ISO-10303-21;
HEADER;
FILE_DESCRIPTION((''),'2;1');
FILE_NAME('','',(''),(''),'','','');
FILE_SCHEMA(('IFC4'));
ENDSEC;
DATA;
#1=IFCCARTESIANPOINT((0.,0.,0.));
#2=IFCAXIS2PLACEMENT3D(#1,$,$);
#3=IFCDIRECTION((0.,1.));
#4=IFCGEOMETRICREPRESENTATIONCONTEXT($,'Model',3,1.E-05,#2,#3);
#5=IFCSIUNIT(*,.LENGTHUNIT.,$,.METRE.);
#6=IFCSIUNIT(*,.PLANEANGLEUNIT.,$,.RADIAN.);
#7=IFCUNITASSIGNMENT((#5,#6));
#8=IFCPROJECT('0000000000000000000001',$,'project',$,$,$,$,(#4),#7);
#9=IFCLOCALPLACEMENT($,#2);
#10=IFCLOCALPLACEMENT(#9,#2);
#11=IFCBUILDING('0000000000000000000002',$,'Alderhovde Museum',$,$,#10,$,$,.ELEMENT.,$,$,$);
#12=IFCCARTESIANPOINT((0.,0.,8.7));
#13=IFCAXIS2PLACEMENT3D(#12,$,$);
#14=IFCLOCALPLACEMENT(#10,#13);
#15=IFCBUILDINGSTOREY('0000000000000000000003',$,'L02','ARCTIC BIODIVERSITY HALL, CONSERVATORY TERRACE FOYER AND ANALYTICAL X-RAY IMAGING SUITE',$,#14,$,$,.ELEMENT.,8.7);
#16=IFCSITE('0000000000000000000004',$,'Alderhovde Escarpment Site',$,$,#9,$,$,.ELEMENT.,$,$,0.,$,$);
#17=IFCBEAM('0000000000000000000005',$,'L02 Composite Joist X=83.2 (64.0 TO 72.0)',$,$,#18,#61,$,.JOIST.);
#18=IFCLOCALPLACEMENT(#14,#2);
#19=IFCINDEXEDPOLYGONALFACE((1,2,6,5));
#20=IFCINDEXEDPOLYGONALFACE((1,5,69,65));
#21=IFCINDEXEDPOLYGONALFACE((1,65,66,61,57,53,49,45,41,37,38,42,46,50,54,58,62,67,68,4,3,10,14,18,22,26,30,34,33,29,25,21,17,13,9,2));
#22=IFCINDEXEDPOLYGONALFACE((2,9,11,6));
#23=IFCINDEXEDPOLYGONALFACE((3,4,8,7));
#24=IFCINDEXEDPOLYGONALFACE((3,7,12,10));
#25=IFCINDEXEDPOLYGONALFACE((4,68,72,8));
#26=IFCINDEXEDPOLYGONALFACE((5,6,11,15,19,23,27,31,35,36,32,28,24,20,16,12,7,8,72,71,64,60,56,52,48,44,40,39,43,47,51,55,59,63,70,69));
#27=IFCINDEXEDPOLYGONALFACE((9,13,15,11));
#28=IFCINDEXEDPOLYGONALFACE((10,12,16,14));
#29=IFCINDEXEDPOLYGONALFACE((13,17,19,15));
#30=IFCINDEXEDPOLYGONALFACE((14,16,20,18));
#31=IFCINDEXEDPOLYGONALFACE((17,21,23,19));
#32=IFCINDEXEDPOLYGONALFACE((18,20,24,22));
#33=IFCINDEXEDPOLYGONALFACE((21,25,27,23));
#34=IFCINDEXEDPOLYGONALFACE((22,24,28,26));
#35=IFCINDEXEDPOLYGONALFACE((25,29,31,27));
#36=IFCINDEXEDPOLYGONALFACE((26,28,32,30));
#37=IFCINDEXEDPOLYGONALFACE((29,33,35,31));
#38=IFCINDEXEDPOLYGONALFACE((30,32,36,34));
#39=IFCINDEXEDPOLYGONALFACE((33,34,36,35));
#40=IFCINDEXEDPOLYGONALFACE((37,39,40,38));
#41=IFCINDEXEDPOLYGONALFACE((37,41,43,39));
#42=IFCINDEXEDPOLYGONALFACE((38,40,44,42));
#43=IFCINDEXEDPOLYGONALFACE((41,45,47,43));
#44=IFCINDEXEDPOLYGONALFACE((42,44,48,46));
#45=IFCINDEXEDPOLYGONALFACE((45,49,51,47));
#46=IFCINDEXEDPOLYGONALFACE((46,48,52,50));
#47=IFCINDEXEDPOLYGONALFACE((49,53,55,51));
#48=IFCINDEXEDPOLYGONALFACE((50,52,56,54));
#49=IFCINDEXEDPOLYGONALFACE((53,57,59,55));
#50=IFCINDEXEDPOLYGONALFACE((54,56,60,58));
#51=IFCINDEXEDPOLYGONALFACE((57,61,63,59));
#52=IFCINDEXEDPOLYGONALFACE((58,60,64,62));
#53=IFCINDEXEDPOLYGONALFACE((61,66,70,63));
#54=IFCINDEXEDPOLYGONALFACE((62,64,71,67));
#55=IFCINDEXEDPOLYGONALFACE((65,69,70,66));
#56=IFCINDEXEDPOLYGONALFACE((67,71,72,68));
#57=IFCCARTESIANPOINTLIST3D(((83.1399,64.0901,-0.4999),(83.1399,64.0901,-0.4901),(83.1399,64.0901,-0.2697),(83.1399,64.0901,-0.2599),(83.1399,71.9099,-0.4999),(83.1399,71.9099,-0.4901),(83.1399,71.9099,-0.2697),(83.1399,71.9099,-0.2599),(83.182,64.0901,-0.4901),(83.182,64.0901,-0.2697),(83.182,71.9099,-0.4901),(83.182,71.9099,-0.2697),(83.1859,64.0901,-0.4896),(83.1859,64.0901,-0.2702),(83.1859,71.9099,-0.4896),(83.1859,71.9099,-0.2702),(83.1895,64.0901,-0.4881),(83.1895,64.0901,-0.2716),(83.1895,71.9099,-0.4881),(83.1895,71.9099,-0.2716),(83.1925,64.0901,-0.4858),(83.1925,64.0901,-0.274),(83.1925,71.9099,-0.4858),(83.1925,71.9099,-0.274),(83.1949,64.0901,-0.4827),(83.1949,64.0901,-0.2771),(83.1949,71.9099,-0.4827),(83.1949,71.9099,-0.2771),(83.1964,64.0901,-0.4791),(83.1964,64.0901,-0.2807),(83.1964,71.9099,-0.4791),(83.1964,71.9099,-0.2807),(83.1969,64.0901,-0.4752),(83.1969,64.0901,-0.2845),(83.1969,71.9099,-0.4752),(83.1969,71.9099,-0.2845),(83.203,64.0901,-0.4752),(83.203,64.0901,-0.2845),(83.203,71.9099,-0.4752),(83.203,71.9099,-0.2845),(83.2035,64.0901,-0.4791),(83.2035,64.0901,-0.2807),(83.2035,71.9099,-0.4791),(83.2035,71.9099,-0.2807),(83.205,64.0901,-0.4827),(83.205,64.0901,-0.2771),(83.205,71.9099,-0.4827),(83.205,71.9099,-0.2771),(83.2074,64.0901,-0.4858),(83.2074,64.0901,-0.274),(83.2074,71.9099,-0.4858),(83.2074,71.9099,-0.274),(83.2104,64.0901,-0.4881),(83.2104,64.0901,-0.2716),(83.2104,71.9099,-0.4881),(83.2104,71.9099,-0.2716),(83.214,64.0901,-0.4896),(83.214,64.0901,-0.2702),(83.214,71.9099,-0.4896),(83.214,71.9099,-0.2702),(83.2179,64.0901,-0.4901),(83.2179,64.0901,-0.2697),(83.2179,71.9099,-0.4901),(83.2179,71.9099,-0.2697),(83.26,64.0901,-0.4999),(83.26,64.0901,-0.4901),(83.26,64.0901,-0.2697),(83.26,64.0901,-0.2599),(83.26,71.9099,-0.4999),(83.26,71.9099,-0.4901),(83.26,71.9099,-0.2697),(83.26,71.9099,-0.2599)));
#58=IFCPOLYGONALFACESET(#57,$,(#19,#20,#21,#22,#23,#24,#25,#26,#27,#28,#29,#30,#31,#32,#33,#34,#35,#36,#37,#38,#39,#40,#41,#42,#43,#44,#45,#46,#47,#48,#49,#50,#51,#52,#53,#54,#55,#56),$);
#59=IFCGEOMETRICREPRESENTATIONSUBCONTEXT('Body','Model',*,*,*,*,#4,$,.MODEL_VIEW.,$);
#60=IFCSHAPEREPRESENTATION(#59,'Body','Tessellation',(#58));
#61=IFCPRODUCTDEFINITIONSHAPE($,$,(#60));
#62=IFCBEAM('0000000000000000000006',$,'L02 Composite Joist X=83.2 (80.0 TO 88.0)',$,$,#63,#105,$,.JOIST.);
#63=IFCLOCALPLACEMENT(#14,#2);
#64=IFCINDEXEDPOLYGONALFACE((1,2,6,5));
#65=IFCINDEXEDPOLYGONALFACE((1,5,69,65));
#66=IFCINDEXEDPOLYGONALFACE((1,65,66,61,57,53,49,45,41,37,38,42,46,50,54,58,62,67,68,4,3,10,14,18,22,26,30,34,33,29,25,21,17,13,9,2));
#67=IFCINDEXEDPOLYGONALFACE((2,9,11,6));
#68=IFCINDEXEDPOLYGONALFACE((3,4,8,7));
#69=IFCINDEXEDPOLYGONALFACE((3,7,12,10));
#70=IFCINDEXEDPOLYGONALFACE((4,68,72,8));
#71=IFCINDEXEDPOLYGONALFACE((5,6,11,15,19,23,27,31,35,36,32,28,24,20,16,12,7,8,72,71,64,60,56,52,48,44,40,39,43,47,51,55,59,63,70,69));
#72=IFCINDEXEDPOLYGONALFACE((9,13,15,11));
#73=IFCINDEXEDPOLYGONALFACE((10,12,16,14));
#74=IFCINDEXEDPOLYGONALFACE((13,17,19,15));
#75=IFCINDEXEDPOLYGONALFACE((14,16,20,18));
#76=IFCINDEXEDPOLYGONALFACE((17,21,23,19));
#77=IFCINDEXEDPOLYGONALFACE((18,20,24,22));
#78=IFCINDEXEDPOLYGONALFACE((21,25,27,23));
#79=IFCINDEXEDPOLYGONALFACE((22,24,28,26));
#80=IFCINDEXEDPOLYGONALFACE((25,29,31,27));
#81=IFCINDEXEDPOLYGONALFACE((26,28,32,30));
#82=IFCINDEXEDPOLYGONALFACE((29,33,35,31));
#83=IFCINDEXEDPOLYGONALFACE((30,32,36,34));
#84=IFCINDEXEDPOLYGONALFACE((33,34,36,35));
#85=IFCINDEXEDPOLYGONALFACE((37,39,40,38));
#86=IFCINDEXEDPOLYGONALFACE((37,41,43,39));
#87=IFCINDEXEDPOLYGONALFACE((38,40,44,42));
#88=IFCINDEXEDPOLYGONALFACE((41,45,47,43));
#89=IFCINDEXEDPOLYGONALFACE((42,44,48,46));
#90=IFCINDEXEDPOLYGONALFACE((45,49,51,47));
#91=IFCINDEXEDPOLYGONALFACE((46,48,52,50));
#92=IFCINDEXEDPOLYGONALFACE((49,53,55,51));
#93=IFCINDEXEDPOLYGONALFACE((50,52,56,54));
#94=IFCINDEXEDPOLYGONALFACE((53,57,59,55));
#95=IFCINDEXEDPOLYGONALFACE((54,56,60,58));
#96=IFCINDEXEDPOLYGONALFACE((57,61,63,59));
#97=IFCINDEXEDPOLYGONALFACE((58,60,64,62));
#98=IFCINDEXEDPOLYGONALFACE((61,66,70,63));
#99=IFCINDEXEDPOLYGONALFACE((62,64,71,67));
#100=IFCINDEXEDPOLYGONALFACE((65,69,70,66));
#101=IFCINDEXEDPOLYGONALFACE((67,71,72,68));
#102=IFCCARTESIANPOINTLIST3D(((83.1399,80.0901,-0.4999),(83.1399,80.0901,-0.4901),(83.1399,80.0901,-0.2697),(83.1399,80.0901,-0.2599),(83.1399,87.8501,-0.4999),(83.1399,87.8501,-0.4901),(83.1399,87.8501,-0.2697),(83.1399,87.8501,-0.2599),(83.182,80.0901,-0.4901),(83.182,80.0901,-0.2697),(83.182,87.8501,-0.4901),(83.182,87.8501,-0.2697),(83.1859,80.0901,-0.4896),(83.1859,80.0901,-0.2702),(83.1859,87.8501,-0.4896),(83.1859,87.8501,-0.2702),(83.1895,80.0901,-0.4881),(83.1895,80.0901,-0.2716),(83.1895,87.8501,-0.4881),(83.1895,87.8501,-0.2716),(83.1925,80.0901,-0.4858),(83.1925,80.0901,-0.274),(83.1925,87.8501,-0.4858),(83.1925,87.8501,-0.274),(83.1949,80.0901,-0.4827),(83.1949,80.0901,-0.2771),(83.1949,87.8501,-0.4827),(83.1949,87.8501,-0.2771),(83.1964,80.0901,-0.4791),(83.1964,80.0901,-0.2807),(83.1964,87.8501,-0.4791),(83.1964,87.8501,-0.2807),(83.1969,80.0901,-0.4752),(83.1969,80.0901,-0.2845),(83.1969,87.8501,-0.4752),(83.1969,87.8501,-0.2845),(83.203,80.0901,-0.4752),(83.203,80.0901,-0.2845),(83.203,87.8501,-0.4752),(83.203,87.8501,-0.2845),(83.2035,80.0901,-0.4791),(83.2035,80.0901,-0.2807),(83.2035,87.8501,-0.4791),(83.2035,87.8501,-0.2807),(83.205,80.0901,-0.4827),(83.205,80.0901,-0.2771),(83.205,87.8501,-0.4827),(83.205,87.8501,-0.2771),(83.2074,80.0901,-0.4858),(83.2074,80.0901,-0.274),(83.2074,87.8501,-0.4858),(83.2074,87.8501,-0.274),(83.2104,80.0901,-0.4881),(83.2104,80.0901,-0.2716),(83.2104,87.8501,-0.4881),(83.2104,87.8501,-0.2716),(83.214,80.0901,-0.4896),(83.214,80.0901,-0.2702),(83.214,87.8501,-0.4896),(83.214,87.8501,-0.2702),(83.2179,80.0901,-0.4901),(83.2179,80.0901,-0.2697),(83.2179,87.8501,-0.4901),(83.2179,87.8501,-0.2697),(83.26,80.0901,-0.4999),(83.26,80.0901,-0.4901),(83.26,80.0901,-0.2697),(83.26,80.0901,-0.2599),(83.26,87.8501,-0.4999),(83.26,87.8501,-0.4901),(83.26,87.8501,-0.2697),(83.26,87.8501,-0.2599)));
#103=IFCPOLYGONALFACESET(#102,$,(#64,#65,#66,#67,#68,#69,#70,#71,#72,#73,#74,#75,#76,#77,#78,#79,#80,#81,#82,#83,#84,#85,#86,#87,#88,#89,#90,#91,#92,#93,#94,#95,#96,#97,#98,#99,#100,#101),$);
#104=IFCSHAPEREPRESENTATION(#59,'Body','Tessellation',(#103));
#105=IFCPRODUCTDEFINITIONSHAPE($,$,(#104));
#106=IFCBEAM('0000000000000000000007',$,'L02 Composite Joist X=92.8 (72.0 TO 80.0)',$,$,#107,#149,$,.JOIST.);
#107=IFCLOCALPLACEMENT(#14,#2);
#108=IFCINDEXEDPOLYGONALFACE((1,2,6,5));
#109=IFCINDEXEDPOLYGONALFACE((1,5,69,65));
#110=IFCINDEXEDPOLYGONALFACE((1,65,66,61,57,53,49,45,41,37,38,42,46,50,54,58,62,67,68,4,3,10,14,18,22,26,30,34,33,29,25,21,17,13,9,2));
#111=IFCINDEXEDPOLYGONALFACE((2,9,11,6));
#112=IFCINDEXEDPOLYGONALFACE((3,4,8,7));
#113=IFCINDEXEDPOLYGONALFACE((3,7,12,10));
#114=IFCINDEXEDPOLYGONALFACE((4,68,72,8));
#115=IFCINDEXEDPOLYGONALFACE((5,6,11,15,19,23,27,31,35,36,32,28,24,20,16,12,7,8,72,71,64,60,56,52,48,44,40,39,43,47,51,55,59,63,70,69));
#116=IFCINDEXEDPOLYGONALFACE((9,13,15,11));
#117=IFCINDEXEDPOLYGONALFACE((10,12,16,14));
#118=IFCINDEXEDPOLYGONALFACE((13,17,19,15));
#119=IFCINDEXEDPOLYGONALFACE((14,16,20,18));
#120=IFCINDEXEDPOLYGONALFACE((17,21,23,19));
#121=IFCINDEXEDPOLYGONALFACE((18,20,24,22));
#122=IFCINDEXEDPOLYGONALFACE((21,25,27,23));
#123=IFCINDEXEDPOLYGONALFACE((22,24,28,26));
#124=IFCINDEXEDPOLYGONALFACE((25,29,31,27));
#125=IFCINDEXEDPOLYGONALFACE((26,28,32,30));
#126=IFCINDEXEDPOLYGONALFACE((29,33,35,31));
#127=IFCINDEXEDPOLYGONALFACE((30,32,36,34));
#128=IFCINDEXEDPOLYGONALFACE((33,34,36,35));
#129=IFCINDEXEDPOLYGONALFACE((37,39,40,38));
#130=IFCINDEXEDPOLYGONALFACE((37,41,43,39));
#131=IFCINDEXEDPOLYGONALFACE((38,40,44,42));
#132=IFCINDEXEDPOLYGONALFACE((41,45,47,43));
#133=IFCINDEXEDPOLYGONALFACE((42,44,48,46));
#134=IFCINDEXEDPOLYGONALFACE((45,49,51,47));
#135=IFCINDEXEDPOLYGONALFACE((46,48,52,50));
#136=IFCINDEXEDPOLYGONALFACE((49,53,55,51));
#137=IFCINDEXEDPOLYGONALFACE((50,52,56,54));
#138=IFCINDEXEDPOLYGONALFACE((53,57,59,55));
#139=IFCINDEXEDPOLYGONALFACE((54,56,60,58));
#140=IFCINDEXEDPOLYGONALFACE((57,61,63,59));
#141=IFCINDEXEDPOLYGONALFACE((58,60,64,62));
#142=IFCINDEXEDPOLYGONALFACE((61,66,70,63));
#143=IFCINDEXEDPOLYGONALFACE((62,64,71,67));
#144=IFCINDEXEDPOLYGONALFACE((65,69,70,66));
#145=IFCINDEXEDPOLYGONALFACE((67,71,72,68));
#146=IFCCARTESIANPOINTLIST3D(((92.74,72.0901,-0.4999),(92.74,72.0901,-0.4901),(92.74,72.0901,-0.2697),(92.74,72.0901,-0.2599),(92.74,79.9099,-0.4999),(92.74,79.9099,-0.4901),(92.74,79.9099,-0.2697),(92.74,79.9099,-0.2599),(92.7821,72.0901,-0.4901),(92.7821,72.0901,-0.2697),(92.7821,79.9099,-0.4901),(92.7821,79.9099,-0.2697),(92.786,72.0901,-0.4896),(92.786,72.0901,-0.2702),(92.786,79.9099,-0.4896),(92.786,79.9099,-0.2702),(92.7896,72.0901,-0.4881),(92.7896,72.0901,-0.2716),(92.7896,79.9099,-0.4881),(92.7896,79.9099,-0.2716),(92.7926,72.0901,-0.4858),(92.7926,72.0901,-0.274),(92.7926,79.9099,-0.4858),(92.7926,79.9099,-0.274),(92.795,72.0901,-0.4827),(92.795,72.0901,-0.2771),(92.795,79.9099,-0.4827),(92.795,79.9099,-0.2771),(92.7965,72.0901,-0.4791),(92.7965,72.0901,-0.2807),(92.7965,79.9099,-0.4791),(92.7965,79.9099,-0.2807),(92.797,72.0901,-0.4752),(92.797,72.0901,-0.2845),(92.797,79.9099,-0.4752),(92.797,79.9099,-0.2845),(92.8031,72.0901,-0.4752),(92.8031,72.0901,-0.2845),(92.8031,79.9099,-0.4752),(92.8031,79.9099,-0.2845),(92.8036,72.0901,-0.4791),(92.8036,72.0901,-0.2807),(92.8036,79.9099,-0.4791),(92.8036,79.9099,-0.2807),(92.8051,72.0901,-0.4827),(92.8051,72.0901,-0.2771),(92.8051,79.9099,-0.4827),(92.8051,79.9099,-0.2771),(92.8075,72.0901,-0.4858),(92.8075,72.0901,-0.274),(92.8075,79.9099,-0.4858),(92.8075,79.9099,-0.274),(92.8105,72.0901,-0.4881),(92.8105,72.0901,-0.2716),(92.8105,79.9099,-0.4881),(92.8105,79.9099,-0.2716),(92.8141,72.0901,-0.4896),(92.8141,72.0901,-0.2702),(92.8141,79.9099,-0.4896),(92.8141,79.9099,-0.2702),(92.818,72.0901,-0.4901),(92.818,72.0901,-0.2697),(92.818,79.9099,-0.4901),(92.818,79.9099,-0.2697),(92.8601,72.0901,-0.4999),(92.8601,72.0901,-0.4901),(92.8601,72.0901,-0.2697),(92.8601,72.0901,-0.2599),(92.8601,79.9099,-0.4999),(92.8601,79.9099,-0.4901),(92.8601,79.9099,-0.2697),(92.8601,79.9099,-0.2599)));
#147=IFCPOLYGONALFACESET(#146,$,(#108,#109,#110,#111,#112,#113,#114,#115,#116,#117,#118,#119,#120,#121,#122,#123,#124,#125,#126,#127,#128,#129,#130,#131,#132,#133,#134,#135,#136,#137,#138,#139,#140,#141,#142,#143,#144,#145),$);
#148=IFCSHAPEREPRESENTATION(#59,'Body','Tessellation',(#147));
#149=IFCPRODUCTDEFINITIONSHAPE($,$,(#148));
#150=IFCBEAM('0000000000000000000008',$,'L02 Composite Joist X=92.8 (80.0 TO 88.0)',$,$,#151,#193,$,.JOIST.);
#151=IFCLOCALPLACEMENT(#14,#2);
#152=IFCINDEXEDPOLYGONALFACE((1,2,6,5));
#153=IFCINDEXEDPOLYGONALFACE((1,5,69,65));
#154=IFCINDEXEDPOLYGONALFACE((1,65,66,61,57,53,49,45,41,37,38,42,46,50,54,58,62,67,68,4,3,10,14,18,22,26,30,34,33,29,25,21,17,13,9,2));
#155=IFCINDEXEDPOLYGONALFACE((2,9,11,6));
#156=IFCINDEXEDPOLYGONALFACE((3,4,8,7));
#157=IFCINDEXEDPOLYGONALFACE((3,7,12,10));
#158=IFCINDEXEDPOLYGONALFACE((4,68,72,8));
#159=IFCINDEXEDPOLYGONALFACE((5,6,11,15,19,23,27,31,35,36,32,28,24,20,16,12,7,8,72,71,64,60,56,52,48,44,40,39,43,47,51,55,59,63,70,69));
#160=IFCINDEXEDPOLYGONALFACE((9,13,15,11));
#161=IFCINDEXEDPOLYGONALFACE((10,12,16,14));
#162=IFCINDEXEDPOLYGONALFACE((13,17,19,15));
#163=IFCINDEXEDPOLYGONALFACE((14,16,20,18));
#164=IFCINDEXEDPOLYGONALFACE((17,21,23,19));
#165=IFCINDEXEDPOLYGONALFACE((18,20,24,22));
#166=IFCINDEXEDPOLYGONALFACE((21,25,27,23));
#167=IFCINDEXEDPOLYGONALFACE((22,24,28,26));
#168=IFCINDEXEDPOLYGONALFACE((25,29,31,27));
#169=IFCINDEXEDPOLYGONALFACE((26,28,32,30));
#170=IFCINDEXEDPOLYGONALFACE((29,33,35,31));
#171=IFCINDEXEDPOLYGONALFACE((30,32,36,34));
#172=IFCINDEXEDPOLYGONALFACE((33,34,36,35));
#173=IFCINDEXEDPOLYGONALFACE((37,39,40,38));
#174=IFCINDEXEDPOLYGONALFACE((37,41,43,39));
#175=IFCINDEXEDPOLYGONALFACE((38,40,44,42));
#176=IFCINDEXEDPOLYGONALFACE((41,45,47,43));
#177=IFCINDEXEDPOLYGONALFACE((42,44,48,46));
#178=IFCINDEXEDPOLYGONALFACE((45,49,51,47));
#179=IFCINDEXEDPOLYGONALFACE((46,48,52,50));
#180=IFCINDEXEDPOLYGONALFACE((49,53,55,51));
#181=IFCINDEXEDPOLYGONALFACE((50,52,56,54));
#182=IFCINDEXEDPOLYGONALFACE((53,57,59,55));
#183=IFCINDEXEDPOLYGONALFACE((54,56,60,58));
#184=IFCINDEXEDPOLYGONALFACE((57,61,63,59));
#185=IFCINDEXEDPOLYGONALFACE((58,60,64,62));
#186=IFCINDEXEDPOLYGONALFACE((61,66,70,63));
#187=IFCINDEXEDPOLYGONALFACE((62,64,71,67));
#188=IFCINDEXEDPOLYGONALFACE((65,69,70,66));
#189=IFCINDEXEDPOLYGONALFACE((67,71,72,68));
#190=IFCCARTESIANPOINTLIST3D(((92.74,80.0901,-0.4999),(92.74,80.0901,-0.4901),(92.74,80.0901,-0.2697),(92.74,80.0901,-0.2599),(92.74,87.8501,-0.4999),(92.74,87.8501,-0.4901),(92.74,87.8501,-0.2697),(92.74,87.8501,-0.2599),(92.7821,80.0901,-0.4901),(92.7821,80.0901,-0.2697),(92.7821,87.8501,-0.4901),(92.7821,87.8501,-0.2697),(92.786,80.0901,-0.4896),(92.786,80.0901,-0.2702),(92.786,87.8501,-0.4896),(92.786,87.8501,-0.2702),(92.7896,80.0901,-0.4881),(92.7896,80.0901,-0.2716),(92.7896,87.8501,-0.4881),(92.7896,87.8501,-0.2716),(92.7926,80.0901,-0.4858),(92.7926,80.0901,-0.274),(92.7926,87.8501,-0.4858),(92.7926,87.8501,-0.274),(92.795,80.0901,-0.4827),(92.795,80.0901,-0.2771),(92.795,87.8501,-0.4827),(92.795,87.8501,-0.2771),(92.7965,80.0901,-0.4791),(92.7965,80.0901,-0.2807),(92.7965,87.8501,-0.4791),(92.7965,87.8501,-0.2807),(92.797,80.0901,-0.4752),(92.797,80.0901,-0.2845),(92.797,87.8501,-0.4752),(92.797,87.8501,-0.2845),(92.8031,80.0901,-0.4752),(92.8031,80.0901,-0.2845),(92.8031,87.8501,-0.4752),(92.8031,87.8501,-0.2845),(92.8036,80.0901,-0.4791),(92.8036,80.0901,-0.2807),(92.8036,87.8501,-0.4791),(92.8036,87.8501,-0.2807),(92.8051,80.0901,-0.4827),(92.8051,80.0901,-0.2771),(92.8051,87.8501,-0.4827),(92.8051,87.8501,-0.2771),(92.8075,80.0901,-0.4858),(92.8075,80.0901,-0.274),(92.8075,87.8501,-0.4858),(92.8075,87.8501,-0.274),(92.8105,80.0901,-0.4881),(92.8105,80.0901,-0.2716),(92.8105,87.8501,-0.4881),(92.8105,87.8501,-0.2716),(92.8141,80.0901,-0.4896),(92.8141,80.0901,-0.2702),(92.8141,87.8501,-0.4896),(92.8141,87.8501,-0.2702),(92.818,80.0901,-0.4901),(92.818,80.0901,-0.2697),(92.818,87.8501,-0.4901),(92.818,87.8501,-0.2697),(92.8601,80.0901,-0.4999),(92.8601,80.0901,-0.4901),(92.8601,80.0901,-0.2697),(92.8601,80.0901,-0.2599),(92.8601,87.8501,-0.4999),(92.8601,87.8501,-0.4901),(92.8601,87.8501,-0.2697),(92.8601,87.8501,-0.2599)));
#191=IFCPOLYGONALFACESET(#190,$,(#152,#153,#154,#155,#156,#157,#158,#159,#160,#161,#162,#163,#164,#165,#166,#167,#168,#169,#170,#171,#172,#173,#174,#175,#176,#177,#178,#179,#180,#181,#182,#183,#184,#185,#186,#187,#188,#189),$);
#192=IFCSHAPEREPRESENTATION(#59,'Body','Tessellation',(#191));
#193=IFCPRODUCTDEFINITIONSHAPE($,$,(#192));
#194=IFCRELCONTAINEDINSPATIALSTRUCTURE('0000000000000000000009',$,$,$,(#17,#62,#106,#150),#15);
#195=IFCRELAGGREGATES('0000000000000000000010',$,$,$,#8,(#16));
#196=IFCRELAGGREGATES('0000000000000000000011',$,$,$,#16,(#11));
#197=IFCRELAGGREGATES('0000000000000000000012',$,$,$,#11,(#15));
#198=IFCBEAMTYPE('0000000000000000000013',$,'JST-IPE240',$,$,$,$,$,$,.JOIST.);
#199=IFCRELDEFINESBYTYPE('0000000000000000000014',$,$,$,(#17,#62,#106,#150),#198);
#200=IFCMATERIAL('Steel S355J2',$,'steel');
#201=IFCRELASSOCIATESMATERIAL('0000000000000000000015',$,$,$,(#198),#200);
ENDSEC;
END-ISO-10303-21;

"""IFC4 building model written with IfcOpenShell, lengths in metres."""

from ifc_helpers import new_model, si_unit, direction, frame, origin, origin_2d, place, context, subcontext, project, spatial, i_section, extrude, material, material_profile, profile_set, type_object, element, save


model = new_model("IFC4")

# Units and contexts
model_context = context("Model", 3, precision=1e-05, world=origin(), true_north=direction((0.0, 1.0)))
body_context = subcontext(model_context, "Body", "Model", "MODEL_VIEW")
ifc_project = project(units=[si_unit("LENGTHUNIT", "METRE"), si_unit("PLANEANGLEUNIT", "RADIAN")], contexts=[model_context])

# Site, building, storey
site_placement = place(None, origin())
site = spatial("IfcSite", under=ifc_project, at=site_placement, Name="Alderhovde Escarpment Site", CompositionType="ELEMENT", RefElevation=0.0)
building_placement = place(site_placement, origin())
building = spatial("IfcBuilding", under=site, at=building_placement, Name="Alderhovde Museum", CompositionType="ELEMENT")
storey_placement = place(building_placement, frame((0.0, 0.0, 8.7)))
storey = spatial("IfcBuildingStorey", under=building, at=storey_placement, Name="L02", Description="ARCTIC BIODIVERSITY HALL, CONSERVATORY TERRACE FOYER AND ANALYTICAL X-RAY IMAGING SUITE", CompositionType="ELEMENT", Elevation=8.7)

# Beams
ifc_material_1 = material(Name="Steel S355J2", Category="steel")
ifc_material_profile_1 = material_profile(ifc_material_1, i_section(OverallWidth=0.1201, OverallDepth=0.24, WebThickness=0.0061, FlangeThickness=0.0098, FilletRadius=0.0149, at=origin_2d()), Name="IPE 240")
ifc_profile_set_1 = profile_set([ifc_material_profile_1], Name="Steel S355J2")
beam_type_1 = type_object("IfcBeamType", Name="JST-IPE240", PredefinedType="JOIST", material=ifc_profile_set_1)
beam_1_placement = place(storey_placement, frame((83.2, 64.0901, -0.3799), z_axis=(0.0, 1.0, 0.0), x_axis=(-1.0, 0.0, 0.0)))
element("IfcBeam", 1, at=beam_1_placement, inside=storey, type_object=beam_type_1, Name="L02 Composite Joist X=83.2 (64.0 TO 72.0)", PredefinedType="JOIST", context=body_context, shape_type="SweptSolid", body=[
    extrude(i_section(OverallWidth=0.1201, OverallDepth=0.24, WebThickness=0.0061, FlangeThickness=0.0098, FilletRadius=0.0149, at=origin_2d()), origin(), (0.0, 0.0, 1.0), 7.8198),
])
beam_2_placement = place(storey_placement, frame((83.2, 80.0901, -0.3799), z_axis=(0.0, 1.0, 0.0), x_axis=(-1.0, 0.0, 0.0)))
element("IfcBeam", 2, at=beam_2_placement, inside=storey, type_object=beam_type_1, Name="L02 Composite Joist X=83.2 (80.0 TO 88.0)", PredefinedType="JOIST", context=body_context, shape_type="SweptSolid", body=[
    extrude(i_section(OverallWidth=0.1201, OverallDepth=0.24, WebThickness=0.0061, FlangeThickness=0.0098, FilletRadius=0.0149, at=origin_2d()), origin(), (0.0, 0.0, 1.0), 7.76),
])
beam_3_placement = place(storey_placement, frame((92.8, 72.0901, -0.3799), z_axis=(0.0, 1.0, 0.0), x_axis=(-1.0, 0.0, 0.0)))
element("IfcBeam", 3, at=beam_3_placement, inside=storey, type_object=beam_type_1, Name="L02 Composite Joist X=92.8 (72.0 TO 80.0)", PredefinedType="JOIST", context=body_context, shape_type="SweptSolid", body=[
    extrude(i_section(OverallWidth=0.1201, OverallDepth=0.24, WebThickness=0.0061, FlangeThickness=0.0098, FilletRadius=0.0149, at=origin_2d()), origin(), (0.0, 0.0, 1.0), 7.8198),
])
beam_4_placement = place(storey_placement, frame((92.8, 80.0901, -0.3799), z_axis=(0.0, 1.0, 0.0), x_axis=(-1.0, 0.0, 0.0)))
element("IfcBeam", 4, at=beam_4_placement, inside=storey, type_object=beam_type_1, Name="L02 Composite Joist X=92.8 (80.0 TO 88.0)", PredefinedType="JOIST", context=body_context, shape_type="SweptSolid", body=[
    extrude(i_section(OverallWidth=0.1201, OverallDepth=0.24, WebThickness=0.0061, FlangeThickness=0.0098, FilletRadius=0.0149, at=origin_2d()), origin(), (0.0, 0.0, 1.0), 7.76),
])

save(model, "model.ifc")
